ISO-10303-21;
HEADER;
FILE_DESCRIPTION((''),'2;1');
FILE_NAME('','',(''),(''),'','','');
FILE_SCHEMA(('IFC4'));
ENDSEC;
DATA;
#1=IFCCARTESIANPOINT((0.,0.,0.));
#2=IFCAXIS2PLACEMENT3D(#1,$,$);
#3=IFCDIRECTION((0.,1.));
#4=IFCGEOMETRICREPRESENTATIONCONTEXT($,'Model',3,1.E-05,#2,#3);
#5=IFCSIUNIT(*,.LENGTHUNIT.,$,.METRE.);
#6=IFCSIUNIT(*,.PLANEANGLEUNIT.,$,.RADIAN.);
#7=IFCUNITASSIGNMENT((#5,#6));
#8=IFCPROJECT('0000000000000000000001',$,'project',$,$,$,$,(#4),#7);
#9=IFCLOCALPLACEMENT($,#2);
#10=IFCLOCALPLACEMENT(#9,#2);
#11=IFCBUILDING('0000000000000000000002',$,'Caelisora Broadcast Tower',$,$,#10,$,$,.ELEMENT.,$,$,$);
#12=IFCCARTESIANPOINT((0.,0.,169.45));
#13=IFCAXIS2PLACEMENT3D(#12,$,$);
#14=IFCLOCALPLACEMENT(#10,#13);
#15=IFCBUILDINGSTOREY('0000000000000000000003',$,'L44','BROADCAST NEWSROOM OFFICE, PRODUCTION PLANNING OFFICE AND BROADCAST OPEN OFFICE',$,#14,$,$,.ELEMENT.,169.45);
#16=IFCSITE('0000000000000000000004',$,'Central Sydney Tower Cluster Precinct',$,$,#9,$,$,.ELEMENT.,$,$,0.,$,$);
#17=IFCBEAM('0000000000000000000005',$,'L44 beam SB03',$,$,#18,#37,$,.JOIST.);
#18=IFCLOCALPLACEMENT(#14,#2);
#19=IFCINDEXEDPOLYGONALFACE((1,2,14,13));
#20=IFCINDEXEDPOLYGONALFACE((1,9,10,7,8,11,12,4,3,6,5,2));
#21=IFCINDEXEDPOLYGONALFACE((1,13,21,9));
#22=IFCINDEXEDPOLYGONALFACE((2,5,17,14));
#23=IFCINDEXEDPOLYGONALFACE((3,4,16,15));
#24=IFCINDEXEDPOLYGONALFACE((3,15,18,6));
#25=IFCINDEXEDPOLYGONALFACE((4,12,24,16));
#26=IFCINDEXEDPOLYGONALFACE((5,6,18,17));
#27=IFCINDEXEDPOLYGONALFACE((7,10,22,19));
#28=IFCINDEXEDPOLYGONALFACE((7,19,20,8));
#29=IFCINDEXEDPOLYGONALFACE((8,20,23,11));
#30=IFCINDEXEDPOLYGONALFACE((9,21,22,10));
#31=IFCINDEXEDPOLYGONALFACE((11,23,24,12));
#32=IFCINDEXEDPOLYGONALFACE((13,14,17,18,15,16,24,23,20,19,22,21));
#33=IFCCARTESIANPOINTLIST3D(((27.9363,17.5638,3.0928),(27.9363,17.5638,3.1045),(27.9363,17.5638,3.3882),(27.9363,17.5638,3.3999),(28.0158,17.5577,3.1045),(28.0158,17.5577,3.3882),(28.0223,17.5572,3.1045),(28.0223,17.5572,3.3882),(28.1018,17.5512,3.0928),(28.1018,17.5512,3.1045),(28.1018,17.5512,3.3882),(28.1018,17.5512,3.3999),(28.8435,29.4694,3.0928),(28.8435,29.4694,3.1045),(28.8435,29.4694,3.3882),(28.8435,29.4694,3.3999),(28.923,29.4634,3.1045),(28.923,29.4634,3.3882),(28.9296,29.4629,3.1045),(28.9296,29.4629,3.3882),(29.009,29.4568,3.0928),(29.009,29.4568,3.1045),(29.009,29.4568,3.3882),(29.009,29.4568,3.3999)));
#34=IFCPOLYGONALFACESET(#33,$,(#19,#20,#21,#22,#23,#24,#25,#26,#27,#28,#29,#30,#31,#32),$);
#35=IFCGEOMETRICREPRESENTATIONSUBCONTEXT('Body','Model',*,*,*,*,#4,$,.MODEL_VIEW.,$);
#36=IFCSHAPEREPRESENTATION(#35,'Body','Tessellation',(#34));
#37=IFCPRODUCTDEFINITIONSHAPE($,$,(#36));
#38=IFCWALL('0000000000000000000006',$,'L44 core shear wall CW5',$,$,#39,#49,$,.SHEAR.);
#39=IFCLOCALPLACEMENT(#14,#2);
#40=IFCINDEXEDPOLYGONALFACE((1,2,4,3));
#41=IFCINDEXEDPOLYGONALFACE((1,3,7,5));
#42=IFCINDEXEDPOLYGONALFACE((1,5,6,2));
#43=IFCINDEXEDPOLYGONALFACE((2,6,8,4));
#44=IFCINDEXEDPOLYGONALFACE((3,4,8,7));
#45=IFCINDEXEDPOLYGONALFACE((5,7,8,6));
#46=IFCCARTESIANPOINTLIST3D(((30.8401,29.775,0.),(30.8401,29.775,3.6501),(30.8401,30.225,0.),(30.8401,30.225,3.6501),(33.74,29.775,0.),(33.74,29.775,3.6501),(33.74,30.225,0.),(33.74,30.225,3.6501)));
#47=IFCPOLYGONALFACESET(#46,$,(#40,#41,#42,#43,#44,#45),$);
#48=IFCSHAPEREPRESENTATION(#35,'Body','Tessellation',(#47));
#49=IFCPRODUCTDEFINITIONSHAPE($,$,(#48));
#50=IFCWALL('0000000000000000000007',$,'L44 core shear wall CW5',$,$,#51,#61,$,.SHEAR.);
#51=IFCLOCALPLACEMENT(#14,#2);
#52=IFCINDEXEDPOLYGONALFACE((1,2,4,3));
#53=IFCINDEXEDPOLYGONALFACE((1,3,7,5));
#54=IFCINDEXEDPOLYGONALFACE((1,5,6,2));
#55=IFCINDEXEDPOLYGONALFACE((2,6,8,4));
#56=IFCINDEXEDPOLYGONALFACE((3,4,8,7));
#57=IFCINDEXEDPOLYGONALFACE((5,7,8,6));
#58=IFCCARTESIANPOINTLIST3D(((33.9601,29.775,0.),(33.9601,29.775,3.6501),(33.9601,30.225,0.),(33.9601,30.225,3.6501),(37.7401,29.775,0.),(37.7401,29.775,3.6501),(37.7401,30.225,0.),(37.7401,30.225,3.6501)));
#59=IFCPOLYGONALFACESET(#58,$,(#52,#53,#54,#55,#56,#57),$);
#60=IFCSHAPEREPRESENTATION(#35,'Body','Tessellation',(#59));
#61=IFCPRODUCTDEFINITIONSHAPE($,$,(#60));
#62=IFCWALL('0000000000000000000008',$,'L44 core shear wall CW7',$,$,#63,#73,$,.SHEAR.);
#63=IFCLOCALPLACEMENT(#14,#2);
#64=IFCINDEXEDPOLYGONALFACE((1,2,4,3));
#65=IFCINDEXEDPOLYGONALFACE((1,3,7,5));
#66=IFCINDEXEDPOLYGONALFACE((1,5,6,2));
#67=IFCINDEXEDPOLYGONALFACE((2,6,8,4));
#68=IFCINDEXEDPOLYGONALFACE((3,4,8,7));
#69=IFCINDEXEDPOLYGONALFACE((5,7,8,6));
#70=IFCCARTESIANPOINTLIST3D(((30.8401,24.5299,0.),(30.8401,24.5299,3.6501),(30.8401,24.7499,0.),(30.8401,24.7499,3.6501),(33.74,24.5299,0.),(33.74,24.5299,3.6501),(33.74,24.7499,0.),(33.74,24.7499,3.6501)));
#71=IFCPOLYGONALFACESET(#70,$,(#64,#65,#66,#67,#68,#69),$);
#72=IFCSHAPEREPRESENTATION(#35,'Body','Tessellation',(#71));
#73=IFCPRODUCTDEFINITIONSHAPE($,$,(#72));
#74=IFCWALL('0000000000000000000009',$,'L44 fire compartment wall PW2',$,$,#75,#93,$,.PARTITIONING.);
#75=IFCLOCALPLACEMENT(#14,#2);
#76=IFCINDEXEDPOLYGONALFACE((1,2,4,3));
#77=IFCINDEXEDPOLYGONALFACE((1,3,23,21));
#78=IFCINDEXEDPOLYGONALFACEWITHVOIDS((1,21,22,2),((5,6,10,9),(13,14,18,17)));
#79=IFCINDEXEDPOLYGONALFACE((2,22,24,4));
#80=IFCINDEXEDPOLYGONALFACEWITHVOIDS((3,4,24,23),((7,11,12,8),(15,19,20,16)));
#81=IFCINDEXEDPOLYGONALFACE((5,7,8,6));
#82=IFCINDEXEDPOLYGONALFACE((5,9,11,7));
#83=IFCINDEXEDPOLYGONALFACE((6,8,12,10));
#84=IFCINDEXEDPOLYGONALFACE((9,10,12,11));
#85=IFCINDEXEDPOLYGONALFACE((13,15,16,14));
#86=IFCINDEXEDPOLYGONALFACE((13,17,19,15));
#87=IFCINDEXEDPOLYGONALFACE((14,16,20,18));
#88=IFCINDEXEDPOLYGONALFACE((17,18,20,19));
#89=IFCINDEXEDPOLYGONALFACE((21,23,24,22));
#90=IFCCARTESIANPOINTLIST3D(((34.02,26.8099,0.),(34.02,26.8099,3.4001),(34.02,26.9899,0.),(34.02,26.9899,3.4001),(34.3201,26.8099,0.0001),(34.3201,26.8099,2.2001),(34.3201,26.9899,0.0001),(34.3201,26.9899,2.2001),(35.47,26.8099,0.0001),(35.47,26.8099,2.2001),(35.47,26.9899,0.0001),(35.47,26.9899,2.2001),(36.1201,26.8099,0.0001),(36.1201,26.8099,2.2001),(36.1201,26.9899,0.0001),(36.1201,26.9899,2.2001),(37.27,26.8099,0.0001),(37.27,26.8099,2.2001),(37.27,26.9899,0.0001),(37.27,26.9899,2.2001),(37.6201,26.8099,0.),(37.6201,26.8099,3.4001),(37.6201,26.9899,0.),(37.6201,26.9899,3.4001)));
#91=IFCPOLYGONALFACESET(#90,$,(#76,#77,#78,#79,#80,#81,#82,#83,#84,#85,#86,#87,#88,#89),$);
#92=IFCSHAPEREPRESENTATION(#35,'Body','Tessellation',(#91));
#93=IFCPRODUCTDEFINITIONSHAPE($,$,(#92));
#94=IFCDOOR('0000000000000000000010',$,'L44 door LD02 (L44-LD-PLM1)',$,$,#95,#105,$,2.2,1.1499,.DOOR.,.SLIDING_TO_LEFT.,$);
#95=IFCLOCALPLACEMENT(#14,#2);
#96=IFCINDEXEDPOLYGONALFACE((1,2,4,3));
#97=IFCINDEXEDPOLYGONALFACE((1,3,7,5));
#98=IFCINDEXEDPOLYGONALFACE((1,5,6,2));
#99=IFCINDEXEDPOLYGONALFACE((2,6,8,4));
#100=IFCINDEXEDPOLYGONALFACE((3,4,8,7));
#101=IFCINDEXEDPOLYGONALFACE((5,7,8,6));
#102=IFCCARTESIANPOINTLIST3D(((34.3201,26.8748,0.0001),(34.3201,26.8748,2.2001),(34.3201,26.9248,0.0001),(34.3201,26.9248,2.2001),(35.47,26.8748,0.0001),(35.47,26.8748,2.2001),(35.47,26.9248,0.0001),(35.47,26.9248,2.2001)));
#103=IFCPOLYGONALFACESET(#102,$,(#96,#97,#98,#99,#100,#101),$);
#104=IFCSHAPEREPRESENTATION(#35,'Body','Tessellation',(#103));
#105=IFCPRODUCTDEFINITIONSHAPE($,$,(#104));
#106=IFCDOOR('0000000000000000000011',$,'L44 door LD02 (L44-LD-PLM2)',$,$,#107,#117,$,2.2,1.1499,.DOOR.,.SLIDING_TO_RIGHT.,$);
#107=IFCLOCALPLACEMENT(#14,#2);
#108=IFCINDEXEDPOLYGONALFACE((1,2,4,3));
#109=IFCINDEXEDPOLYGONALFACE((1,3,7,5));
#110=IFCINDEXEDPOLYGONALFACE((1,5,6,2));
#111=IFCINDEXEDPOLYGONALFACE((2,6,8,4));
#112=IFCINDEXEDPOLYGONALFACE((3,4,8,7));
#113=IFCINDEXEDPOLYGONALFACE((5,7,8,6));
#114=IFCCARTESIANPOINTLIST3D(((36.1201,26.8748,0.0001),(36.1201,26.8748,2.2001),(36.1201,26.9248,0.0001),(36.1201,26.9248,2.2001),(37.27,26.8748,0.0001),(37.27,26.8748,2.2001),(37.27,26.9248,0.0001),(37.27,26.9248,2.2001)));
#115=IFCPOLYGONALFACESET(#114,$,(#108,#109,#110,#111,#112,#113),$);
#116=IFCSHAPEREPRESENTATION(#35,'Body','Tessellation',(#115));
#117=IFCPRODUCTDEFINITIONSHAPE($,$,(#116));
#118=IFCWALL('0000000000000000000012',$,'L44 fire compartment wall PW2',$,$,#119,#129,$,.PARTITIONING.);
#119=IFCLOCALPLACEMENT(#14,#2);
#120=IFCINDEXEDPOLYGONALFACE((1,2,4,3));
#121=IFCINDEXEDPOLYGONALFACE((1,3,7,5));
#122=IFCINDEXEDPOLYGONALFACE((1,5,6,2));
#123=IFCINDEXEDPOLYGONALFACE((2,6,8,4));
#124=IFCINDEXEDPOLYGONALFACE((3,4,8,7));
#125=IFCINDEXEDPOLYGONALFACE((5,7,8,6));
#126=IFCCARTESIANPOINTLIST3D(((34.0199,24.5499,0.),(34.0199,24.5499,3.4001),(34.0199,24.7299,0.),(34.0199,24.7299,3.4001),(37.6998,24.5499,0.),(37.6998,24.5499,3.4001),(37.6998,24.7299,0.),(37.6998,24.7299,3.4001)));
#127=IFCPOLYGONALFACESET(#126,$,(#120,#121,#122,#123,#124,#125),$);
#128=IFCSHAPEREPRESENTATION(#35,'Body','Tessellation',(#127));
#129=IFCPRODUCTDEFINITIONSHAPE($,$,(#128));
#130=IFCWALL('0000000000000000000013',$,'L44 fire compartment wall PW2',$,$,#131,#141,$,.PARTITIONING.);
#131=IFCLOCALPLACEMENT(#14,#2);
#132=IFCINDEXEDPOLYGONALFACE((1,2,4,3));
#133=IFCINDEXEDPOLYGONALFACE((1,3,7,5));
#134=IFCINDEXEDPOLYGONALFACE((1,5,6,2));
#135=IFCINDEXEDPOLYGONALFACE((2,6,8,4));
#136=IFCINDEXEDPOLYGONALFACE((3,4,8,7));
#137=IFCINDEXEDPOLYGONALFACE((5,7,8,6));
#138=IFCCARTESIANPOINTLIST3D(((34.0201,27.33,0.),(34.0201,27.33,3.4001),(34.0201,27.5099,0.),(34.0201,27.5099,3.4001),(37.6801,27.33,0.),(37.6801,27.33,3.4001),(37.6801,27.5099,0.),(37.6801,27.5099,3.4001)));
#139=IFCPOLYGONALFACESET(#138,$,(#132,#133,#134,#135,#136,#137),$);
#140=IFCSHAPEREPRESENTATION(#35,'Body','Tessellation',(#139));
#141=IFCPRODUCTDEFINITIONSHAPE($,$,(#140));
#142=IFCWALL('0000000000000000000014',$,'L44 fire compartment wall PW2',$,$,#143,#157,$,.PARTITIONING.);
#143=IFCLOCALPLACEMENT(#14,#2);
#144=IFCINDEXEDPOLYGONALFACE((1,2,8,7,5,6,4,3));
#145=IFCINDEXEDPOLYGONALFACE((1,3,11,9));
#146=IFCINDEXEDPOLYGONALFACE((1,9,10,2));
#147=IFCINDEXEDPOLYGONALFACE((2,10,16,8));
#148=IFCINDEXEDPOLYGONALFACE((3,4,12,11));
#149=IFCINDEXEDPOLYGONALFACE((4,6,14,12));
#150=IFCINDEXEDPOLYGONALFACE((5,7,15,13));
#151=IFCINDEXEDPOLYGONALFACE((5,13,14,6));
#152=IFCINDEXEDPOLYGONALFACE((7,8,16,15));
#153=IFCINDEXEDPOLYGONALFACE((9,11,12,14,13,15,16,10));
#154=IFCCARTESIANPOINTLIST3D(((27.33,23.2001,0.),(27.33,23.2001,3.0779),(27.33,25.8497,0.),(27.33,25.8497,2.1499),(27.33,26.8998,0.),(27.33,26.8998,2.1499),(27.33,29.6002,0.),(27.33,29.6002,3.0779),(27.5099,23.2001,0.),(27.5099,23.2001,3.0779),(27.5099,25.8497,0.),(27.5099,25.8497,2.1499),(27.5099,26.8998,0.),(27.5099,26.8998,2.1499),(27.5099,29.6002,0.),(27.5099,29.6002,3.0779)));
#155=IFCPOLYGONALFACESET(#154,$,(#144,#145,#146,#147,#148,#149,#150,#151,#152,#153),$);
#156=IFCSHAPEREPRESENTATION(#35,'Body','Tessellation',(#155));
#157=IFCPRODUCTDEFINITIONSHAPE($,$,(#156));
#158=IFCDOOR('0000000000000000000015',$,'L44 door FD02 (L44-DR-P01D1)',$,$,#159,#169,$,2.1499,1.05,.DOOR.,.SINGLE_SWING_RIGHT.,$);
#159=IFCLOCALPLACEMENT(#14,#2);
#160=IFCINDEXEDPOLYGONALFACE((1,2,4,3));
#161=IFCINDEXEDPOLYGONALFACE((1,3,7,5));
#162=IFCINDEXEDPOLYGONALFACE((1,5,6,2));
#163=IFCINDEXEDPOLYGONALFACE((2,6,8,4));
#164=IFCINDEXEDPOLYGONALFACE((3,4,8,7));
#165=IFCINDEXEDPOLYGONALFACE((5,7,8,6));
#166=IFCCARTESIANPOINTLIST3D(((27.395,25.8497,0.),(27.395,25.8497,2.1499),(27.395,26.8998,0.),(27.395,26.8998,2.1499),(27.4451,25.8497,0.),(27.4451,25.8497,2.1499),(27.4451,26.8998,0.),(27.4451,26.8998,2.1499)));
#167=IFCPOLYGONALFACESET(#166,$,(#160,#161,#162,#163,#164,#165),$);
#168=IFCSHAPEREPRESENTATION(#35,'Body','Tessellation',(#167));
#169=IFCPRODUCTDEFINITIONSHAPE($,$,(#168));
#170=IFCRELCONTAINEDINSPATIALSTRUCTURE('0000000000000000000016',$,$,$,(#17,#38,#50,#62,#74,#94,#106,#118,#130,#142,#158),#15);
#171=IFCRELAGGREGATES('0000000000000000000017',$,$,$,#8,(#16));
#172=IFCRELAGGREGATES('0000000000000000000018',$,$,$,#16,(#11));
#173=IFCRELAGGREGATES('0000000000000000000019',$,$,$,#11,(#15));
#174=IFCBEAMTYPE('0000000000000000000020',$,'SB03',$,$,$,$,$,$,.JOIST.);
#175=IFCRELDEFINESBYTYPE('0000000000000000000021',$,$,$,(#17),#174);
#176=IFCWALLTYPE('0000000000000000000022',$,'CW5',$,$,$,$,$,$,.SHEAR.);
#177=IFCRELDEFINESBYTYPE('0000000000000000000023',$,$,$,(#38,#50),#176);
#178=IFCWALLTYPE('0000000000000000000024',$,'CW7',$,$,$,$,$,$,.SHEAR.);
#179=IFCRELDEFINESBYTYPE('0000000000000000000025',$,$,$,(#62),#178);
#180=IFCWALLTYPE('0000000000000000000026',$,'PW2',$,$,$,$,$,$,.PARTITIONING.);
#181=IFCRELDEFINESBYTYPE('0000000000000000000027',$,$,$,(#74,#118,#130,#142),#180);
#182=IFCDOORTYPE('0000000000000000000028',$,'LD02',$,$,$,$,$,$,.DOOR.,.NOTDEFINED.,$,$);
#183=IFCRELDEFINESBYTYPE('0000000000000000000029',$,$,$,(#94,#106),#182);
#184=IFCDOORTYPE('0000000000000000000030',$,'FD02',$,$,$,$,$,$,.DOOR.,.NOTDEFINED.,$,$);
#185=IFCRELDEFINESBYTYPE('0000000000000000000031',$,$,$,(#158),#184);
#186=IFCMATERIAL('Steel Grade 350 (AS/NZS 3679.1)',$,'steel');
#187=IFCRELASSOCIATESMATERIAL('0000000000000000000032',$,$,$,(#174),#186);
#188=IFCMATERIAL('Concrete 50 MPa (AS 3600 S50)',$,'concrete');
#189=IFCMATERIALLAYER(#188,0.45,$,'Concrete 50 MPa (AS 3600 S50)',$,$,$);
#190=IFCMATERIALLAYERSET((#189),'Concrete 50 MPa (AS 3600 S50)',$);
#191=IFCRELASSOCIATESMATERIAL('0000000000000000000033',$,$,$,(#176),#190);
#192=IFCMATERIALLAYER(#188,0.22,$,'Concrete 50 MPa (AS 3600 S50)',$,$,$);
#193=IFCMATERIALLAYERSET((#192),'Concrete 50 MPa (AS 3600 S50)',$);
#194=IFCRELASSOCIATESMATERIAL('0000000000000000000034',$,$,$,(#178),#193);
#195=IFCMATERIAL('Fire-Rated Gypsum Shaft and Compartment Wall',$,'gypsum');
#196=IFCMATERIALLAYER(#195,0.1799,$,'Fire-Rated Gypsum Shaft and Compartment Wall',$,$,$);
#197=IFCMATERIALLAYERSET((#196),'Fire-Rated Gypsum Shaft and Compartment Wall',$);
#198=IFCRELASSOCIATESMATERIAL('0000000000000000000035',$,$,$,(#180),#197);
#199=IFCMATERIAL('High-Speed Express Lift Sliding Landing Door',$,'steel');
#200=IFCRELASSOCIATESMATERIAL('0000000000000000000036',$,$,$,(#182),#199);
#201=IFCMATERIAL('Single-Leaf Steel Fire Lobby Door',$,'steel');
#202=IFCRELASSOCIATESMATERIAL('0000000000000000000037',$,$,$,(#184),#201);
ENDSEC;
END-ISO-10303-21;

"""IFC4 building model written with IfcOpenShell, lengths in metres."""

from ifc_helpers import new_model, si_unit, direction, frame, frame_2d, origin, origin_2d, place, context, subcontext, project, spatial, rectangle, i_section, extrude, source, transform, mapped, material, layer, layer_set, material_profile, profile_set, type_object, type_shapes, element, fill, save


model = new_model("IFC4")

# Units and contexts
model_context = context("Model", 3, precision=1e-05, world=origin(), true_north=direction((0.0, 1.0)))
body_context = subcontext(model_context, "Body", "Model", "MODEL_VIEW")
ifc_project = project(units=[si_unit("LENGTHUNIT", "METRE"), si_unit("PLANEANGLEUNIT", "RADIAN")], contexts=[model_context])

# Site, building, storey
site_placement = place(None, origin())
site = spatial("IfcSite", under=ifc_project, at=site_placement, Name="Central Sydney Tower Cluster Precinct", CompositionType="ELEMENT", RefElevation=0.0)
building_placement = place(site_placement, origin())
building = spatial("IfcBuilding", under=site, at=building_placement, Name="Caelisora Broadcast Tower", CompositionType="ELEMENT")
storey_placement = place(building_placement, frame((0.0, 0.0, 169.45)))
storey = spatial("IfcBuildingStorey", under=building, at=storey_placement, Name="L44", Description="BROADCAST NEWSROOM OFFICE, PRODUCTION PLANNING OFFICE AND BROADCAST OPEN OFFICE", CompositionType="ELEMENT", Elevation=169.45)

# Beam
ifc_material_1 = material(Name="Steel Grade 350 (AS/NZS 3679.1)", Category="steel")
ifc_material_profile_1 = material_profile(ifc_material_1, i_section(OverallWidth=0.166, OverallDepth=0.3071, WebThickness=0.0066, FlangeThickness=0.0117, at=origin_2d()), Name="Steel Grade 350 (AS/NZS 3679.1)")
ifc_profile_set_1 = profile_set([ifc_material_profile_1], Name="Steel Grade 350 (AS/NZS 3679.1)")
beam_type_1 = type_object("IfcBeamType", Name="SB03", PredefinedType="JOIST", material=ifc_profile_set_1)
shared_shape_1 = source(origin(), body_context, "Body", "SweptSolid", [
    extrude(i_section(OverallWidth=0.166, OverallDepth=0.3071, WebThickness=0.0066, FlangeThickness=0.0117, at=origin_2d()), origin(), (0.0, 0.0, 1.0), 11.9402),
])
type_shapes(beam_type_1, [shared_shape_1])
beam_1_placement = place(storey_placement, frame((28.9263, 29.4631, 3.2463), z_axis=(-0.07598, -0.997109, 0.0), x_axis=(0.997109, -0.07598, 0.0)))
element("IfcBeam", 1, at=beam_1_placement, inside=storey, type_object=beam_type_1, Name="L44 beam SB03", PredefinedType="JOIST", context=body_context, shape_type="MappedRepresentation", body=[
    mapped(shared_shape_1, transform((0.0, 0.0, 0.0), scale=1.0)),
])

# Walls
ifc_material_2 = material(Name="Concrete 50 MPa (AS 3600 S50)", Category="concrete")
ifc_layer_1 = layer(ifc_material_2, 0.45, Name="Concrete 50 MPa (AS 3600 S50)")
ifc_layer_set_1 = layer_set([ifc_layer_1], Name="Concrete 50 MPa (AS 3600 S50)")
wall_type_1 = type_object("IfcWallType", Name="CW5", PredefinedType="SHEAR", material=ifc_layer_set_1)
wall_1_placement = place(storey_placement, frame((30.8401, 30.0, 0.0), z_axis=(0.0, 0.0, 1.0), x_axis=(1.0, 0.0, 0.0)))
element("IfcWall", 2, at=wall_1_placement, inside=storey, type_object=wall_type_1, Name="L44 core shear wall CW5", PredefinedType="SHEAR", context=body_context, shape_type="SweptSolid", body=[
    extrude(rectangle(XDim=2.8999, YDim=0.45, at=frame_2d((1.45, 0.0))), origin(), (0.0, 0.0, 1.0), 3.6501),
])
wall_2_placement = place(storey_placement, frame((33.96, 30.0, 0.0), z_axis=(0.0, 0.0, 1.0), x_axis=(1.0, 0.0, 0.0)))
element("IfcWall", 3, at=wall_2_placement, inside=storey, type_object=wall_type_1, Name="L44 core shear wall CW5", PredefinedType="SHEAR", context=body_context, shape_type="SweptSolid", body=[
    extrude(rectangle(XDim=3.78, YDim=0.45, at=frame_2d((1.8901, 0.0))), origin(), (0.0, 0.0, 1.0), 3.6501),
])
ifc_layer_2 = layer(ifc_material_2, 0.22, Name="Concrete 50 MPa (AS 3600 S50)")
ifc_layer_set_2 = layer_set([ifc_layer_2], Name="Concrete 50 MPa (AS 3600 S50)")
wall_type_2 = type_object("IfcWallType", Name="CW7", PredefinedType="SHEAR", material=ifc_layer_set_2)
wall_3_placement = place(storey_placement, frame((30.8401, 24.6399, 0.0), z_axis=(0.0, 0.0, 1.0), x_axis=(1.0, 0.0, 0.0)))
element("IfcWall", 4, at=wall_3_placement, inside=storey, type_object=wall_type_2, Name="L44 core shear wall CW7", PredefinedType="SHEAR", context=body_context, shape_type="SweptSolid", body=[
    extrude(rectangle(XDim=2.8999, YDim=0.22, at=frame_2d((1.45, 0.0))), origin(), (0.0, 0.0, 1.0), 3.6501),
])

# Wall, openings, doors
ifc_material_3 = material(Name="Fire-Rated Gypsum Shaft and Compartment Wall", Category="gypsum")
ifc_layer_3 = layer(ifc_material_3, 0.1799, Name="Fire-Rated Gypsum Shaft and Compartment Wall")
ifc_layer_set_3 = layer_set([ifc_layer_3], Name="Fire-Rated Gypsum Shaft and Compartment Wall")
wall_type_3 = type_object("IfcWallType", Name="PW2", PredefinedType="PARTITIONING", material=ifc_layer_set_3)
wall_4_placement = place(storey_placement, frame((34.02, 26.8999, 0.0), z_axis=(0.0, 0.0, 1.0), x_axis=(1.0, 0.0, 0.0)))
wall_4 = element("IfcWall", 5, at=wall_4_placement, inside=storey, type_object=wall_type_3, Name="L44 fire compartment wall PW2", PredefinedType="PARTITIONING", context=body_context, shape_type="SweptSolid", body=[
    extrude(rectangle(XDim=3.6001, YDim=0.1799, at=frame_2d((1.8, 0.0))), origin(), (0.0, 0.0, 1.0), 3.4001),
])
opening_1_placement = place(wall_4_placement, frame((0.3, 0.0, 0.0)))
opening_1 = element("IfcOpeningElement", 6, at=opening_1_placement, cuts=wall_4, PredefinedType="OPENING", context=body_context, shape_type="SweptSolid", body=[
    extrude(rectangle(XDim=1.1499, YDim=2.2, at=frame_2d((0.575, 1.1001))), frame((0.0, 0.1021, 0.0), z_axis=(0.0, -1.0, 0.0), x_axis=(1.0, 0.0, 0.0)), (0.0, 0.0, 1.0), 0.2039),
])
opening_2_placement = place(wall_4_placement, frame((2.1001, 0.0, 0.0)))
opening_2 = element("IfcOpeningElement", 7, at=opening_2_placement, cuts=wall_4, PredefinedType="OPENING", context=body_context, shape_type="SweptSolid", body=[
    extrude(rectangle(XDim=1.1499, YDim=2.2, at=frame_2d((0.575, 1.1001))), frame((0.0, 0.1021, 0.0), z_axis=(0.0, -1.0, 0.0), x_axis=(1.0, 0.0, 0.0)), (0.0, 0.0, 1.0), 0.2039),
])
ifc_material_4 = material(Name="High-Speed Express Lift Sliding Landing Door", Category="steel")
door_type_1 = type_object("IfcDoorType", Name="LD02", OperationType="NOTDEFINED", PredefinedType="DOOR", material=ifc_material_4)
door_1_placement = place(opening_1_placement, origin())
door_1 = element("IfcDoor", 8, at=door_1_placement, inside=storey, type_object=door_type_1, Name="L44 door LD02 (L44-LD-PLM1)", OperationType="SLIDING_TO_LEFT", OverallHeight=2.2, OverallWidth=1.1499, PredefinedType="DOOR", context=body_context, shape_type="SweptSolid", body=[
    extrude(rectangle(XDim=1.1499, YDim=2.2, at=frame_2d((0.575, 1.1001))), frame((0.0, 0.0249, 0.0), z_axis=(0.0, -1.0, 0.0), x_axis=(1.0, 0.0, 0.0)), (0.0, 0.0, 1.0), 0.05),
])
fill(opening_1, door_1)
door_2_placement = place(opening_2_placement, origin())
door_2 = element("IfcDoor", 9, at=door_2_placement, inside=storey, type_object=door_type_1, Name="L44 door LD02 (L44-LD-PLM2)", OperationType="SLIDING_TO_RIGHT", OverallHeight=2.2, OverallWidth=1.1499, PredefinedType="DOOR", context=body_context, shape_type="SweptSolid", body=[
    extrude(rectangle(XDim=1.1499, YDim=2.2, at=frame_2d((0.575, 1.1001))), frame((0.0, 0.0249, 0.0), z_axis=(0.0, -1.0, 0.0), x_axis=(1.0, 0.0, 0.0)), (0.0, 0.0, 1.0), 0.05),
])
fill(opening_2, door_2)

# Walls
wall_5_placement = place(storey_placement, frame((34.02, 24.6399, 0.0), z_axis=(0.0, 0.0, 1.0), x_axis=(1.0, 0.0, 0.0)))
element("IfcWall", 10, at=wall_5_placement, inside=storey, type_object=wall_type_3, Name="L44 fire compartment wall PW2", PredefinedType="PARTITIONING", context=body_context, shape_type="SweptSolid", body=[
    extrude(rectangle(XDim=3.6799, YDim=0.1799, at=frame_2d((1.8398, 0.0))), origin(), (0.0, 0.0, 1.0), 3.4001),
])
wall_6_placement = place(storey_placement, frame((34.02, 27.4199, 0.0), z_axis=(0.0, 0.0, 1.0), x_axis=(1.0, 0.0, 0.0)))
element("IfcWall", 11, at=wall_6_placement, inside=storey, type_object=wall_type_3, Name="L44 fire compartment wall PW2", PredefinedType="PARTITIONING", context=body_context, shape_type="SweptSolid", body=[
    extrude(rectangle(XDim=3.6599, YDim=0.1799, at=frame_2d((1.8301, 0.0))), origin(), (0.0, 0.0, 1.0), 3.4001),
])

# Wall, opening, door
wall_7_placement = place(storey_placement, frame((27.4199, 23.2, 0.0), z_axis=(0.0, 0.0, 1.0), x_axis=(0.0, 1.0, 0.0)))
wall_7 = element("IfcWall", 12, at=wall_7_placement, inside=storey, type_object=wall_type_3, Name="L44 fire compartment wall PW2", PredefinedType="PARTITIONING", context=body_context, shape_type="SweptSolid", body=[
    extrude(rectangle(XDim=6.4001, YDim=0.1799, at=frame_2d((3.2002, 0.0))), origin(), (0.0, 0.0, 1.0), 3.0779),
])
opening_3_placement = place(wall_7_placement, frame((2.6499, 0.0, 0.0)))
opening_3 = element("IfcOpeningElement", 13, at=opening_3_placement, cuts=wall_7, PredefinedType="OPENING", context=body_context, shape_type="SweptSolid", body=[
    extrude(rectangle(XDim=1.05, YDim=2.1499, at=frame_2d((0.5249, 1.075))), frame((0.0, 0.1021, 0.0), z_axis=(0.0, -1.0, 0.0), x_axis=(1.0, 0.0, 0.0)), (0.0, 0.0, 1.0), 0.2039),
])
ifc_material_5 = material(Name="Single-Leaf Steel Fire Lobby Door", Category="steel")
door_type_2 = type_object("IfcDoorType", Name="FD02", OperationType="NOTDEFINED", PredefinedType="DOOR", material=ifc_material_5)
door_3_placement = place(opening_3_placement, origin())
door_3 = element("IfcDoor", 14, at=door_3_placement, inside=storey, type_object=door_type_2, Name="L44 door FD02 (L44-DR-P01D1)", OperationType="SINGLE_SWING_RIGHT", OverallHeight=2.1499, OverallWidth=1.05, PredefinedType="DOOR", context=body_context, shape_type="SweptSolid", body=[
    extrude(rectangle(XDim=1.05, YDim=2.1499, at=frame_2d((0.5249, 1.075))), frame((0.0, 0.0249, 0.0), z_axis=(0.0, -1.0, 0.0), x_axis=(1.0, 0.0, 0.0)), (0.0, 0.0, 1.0), 0.05),
])
fill(opening_3, door_3)

save(model, "model.ifc")
